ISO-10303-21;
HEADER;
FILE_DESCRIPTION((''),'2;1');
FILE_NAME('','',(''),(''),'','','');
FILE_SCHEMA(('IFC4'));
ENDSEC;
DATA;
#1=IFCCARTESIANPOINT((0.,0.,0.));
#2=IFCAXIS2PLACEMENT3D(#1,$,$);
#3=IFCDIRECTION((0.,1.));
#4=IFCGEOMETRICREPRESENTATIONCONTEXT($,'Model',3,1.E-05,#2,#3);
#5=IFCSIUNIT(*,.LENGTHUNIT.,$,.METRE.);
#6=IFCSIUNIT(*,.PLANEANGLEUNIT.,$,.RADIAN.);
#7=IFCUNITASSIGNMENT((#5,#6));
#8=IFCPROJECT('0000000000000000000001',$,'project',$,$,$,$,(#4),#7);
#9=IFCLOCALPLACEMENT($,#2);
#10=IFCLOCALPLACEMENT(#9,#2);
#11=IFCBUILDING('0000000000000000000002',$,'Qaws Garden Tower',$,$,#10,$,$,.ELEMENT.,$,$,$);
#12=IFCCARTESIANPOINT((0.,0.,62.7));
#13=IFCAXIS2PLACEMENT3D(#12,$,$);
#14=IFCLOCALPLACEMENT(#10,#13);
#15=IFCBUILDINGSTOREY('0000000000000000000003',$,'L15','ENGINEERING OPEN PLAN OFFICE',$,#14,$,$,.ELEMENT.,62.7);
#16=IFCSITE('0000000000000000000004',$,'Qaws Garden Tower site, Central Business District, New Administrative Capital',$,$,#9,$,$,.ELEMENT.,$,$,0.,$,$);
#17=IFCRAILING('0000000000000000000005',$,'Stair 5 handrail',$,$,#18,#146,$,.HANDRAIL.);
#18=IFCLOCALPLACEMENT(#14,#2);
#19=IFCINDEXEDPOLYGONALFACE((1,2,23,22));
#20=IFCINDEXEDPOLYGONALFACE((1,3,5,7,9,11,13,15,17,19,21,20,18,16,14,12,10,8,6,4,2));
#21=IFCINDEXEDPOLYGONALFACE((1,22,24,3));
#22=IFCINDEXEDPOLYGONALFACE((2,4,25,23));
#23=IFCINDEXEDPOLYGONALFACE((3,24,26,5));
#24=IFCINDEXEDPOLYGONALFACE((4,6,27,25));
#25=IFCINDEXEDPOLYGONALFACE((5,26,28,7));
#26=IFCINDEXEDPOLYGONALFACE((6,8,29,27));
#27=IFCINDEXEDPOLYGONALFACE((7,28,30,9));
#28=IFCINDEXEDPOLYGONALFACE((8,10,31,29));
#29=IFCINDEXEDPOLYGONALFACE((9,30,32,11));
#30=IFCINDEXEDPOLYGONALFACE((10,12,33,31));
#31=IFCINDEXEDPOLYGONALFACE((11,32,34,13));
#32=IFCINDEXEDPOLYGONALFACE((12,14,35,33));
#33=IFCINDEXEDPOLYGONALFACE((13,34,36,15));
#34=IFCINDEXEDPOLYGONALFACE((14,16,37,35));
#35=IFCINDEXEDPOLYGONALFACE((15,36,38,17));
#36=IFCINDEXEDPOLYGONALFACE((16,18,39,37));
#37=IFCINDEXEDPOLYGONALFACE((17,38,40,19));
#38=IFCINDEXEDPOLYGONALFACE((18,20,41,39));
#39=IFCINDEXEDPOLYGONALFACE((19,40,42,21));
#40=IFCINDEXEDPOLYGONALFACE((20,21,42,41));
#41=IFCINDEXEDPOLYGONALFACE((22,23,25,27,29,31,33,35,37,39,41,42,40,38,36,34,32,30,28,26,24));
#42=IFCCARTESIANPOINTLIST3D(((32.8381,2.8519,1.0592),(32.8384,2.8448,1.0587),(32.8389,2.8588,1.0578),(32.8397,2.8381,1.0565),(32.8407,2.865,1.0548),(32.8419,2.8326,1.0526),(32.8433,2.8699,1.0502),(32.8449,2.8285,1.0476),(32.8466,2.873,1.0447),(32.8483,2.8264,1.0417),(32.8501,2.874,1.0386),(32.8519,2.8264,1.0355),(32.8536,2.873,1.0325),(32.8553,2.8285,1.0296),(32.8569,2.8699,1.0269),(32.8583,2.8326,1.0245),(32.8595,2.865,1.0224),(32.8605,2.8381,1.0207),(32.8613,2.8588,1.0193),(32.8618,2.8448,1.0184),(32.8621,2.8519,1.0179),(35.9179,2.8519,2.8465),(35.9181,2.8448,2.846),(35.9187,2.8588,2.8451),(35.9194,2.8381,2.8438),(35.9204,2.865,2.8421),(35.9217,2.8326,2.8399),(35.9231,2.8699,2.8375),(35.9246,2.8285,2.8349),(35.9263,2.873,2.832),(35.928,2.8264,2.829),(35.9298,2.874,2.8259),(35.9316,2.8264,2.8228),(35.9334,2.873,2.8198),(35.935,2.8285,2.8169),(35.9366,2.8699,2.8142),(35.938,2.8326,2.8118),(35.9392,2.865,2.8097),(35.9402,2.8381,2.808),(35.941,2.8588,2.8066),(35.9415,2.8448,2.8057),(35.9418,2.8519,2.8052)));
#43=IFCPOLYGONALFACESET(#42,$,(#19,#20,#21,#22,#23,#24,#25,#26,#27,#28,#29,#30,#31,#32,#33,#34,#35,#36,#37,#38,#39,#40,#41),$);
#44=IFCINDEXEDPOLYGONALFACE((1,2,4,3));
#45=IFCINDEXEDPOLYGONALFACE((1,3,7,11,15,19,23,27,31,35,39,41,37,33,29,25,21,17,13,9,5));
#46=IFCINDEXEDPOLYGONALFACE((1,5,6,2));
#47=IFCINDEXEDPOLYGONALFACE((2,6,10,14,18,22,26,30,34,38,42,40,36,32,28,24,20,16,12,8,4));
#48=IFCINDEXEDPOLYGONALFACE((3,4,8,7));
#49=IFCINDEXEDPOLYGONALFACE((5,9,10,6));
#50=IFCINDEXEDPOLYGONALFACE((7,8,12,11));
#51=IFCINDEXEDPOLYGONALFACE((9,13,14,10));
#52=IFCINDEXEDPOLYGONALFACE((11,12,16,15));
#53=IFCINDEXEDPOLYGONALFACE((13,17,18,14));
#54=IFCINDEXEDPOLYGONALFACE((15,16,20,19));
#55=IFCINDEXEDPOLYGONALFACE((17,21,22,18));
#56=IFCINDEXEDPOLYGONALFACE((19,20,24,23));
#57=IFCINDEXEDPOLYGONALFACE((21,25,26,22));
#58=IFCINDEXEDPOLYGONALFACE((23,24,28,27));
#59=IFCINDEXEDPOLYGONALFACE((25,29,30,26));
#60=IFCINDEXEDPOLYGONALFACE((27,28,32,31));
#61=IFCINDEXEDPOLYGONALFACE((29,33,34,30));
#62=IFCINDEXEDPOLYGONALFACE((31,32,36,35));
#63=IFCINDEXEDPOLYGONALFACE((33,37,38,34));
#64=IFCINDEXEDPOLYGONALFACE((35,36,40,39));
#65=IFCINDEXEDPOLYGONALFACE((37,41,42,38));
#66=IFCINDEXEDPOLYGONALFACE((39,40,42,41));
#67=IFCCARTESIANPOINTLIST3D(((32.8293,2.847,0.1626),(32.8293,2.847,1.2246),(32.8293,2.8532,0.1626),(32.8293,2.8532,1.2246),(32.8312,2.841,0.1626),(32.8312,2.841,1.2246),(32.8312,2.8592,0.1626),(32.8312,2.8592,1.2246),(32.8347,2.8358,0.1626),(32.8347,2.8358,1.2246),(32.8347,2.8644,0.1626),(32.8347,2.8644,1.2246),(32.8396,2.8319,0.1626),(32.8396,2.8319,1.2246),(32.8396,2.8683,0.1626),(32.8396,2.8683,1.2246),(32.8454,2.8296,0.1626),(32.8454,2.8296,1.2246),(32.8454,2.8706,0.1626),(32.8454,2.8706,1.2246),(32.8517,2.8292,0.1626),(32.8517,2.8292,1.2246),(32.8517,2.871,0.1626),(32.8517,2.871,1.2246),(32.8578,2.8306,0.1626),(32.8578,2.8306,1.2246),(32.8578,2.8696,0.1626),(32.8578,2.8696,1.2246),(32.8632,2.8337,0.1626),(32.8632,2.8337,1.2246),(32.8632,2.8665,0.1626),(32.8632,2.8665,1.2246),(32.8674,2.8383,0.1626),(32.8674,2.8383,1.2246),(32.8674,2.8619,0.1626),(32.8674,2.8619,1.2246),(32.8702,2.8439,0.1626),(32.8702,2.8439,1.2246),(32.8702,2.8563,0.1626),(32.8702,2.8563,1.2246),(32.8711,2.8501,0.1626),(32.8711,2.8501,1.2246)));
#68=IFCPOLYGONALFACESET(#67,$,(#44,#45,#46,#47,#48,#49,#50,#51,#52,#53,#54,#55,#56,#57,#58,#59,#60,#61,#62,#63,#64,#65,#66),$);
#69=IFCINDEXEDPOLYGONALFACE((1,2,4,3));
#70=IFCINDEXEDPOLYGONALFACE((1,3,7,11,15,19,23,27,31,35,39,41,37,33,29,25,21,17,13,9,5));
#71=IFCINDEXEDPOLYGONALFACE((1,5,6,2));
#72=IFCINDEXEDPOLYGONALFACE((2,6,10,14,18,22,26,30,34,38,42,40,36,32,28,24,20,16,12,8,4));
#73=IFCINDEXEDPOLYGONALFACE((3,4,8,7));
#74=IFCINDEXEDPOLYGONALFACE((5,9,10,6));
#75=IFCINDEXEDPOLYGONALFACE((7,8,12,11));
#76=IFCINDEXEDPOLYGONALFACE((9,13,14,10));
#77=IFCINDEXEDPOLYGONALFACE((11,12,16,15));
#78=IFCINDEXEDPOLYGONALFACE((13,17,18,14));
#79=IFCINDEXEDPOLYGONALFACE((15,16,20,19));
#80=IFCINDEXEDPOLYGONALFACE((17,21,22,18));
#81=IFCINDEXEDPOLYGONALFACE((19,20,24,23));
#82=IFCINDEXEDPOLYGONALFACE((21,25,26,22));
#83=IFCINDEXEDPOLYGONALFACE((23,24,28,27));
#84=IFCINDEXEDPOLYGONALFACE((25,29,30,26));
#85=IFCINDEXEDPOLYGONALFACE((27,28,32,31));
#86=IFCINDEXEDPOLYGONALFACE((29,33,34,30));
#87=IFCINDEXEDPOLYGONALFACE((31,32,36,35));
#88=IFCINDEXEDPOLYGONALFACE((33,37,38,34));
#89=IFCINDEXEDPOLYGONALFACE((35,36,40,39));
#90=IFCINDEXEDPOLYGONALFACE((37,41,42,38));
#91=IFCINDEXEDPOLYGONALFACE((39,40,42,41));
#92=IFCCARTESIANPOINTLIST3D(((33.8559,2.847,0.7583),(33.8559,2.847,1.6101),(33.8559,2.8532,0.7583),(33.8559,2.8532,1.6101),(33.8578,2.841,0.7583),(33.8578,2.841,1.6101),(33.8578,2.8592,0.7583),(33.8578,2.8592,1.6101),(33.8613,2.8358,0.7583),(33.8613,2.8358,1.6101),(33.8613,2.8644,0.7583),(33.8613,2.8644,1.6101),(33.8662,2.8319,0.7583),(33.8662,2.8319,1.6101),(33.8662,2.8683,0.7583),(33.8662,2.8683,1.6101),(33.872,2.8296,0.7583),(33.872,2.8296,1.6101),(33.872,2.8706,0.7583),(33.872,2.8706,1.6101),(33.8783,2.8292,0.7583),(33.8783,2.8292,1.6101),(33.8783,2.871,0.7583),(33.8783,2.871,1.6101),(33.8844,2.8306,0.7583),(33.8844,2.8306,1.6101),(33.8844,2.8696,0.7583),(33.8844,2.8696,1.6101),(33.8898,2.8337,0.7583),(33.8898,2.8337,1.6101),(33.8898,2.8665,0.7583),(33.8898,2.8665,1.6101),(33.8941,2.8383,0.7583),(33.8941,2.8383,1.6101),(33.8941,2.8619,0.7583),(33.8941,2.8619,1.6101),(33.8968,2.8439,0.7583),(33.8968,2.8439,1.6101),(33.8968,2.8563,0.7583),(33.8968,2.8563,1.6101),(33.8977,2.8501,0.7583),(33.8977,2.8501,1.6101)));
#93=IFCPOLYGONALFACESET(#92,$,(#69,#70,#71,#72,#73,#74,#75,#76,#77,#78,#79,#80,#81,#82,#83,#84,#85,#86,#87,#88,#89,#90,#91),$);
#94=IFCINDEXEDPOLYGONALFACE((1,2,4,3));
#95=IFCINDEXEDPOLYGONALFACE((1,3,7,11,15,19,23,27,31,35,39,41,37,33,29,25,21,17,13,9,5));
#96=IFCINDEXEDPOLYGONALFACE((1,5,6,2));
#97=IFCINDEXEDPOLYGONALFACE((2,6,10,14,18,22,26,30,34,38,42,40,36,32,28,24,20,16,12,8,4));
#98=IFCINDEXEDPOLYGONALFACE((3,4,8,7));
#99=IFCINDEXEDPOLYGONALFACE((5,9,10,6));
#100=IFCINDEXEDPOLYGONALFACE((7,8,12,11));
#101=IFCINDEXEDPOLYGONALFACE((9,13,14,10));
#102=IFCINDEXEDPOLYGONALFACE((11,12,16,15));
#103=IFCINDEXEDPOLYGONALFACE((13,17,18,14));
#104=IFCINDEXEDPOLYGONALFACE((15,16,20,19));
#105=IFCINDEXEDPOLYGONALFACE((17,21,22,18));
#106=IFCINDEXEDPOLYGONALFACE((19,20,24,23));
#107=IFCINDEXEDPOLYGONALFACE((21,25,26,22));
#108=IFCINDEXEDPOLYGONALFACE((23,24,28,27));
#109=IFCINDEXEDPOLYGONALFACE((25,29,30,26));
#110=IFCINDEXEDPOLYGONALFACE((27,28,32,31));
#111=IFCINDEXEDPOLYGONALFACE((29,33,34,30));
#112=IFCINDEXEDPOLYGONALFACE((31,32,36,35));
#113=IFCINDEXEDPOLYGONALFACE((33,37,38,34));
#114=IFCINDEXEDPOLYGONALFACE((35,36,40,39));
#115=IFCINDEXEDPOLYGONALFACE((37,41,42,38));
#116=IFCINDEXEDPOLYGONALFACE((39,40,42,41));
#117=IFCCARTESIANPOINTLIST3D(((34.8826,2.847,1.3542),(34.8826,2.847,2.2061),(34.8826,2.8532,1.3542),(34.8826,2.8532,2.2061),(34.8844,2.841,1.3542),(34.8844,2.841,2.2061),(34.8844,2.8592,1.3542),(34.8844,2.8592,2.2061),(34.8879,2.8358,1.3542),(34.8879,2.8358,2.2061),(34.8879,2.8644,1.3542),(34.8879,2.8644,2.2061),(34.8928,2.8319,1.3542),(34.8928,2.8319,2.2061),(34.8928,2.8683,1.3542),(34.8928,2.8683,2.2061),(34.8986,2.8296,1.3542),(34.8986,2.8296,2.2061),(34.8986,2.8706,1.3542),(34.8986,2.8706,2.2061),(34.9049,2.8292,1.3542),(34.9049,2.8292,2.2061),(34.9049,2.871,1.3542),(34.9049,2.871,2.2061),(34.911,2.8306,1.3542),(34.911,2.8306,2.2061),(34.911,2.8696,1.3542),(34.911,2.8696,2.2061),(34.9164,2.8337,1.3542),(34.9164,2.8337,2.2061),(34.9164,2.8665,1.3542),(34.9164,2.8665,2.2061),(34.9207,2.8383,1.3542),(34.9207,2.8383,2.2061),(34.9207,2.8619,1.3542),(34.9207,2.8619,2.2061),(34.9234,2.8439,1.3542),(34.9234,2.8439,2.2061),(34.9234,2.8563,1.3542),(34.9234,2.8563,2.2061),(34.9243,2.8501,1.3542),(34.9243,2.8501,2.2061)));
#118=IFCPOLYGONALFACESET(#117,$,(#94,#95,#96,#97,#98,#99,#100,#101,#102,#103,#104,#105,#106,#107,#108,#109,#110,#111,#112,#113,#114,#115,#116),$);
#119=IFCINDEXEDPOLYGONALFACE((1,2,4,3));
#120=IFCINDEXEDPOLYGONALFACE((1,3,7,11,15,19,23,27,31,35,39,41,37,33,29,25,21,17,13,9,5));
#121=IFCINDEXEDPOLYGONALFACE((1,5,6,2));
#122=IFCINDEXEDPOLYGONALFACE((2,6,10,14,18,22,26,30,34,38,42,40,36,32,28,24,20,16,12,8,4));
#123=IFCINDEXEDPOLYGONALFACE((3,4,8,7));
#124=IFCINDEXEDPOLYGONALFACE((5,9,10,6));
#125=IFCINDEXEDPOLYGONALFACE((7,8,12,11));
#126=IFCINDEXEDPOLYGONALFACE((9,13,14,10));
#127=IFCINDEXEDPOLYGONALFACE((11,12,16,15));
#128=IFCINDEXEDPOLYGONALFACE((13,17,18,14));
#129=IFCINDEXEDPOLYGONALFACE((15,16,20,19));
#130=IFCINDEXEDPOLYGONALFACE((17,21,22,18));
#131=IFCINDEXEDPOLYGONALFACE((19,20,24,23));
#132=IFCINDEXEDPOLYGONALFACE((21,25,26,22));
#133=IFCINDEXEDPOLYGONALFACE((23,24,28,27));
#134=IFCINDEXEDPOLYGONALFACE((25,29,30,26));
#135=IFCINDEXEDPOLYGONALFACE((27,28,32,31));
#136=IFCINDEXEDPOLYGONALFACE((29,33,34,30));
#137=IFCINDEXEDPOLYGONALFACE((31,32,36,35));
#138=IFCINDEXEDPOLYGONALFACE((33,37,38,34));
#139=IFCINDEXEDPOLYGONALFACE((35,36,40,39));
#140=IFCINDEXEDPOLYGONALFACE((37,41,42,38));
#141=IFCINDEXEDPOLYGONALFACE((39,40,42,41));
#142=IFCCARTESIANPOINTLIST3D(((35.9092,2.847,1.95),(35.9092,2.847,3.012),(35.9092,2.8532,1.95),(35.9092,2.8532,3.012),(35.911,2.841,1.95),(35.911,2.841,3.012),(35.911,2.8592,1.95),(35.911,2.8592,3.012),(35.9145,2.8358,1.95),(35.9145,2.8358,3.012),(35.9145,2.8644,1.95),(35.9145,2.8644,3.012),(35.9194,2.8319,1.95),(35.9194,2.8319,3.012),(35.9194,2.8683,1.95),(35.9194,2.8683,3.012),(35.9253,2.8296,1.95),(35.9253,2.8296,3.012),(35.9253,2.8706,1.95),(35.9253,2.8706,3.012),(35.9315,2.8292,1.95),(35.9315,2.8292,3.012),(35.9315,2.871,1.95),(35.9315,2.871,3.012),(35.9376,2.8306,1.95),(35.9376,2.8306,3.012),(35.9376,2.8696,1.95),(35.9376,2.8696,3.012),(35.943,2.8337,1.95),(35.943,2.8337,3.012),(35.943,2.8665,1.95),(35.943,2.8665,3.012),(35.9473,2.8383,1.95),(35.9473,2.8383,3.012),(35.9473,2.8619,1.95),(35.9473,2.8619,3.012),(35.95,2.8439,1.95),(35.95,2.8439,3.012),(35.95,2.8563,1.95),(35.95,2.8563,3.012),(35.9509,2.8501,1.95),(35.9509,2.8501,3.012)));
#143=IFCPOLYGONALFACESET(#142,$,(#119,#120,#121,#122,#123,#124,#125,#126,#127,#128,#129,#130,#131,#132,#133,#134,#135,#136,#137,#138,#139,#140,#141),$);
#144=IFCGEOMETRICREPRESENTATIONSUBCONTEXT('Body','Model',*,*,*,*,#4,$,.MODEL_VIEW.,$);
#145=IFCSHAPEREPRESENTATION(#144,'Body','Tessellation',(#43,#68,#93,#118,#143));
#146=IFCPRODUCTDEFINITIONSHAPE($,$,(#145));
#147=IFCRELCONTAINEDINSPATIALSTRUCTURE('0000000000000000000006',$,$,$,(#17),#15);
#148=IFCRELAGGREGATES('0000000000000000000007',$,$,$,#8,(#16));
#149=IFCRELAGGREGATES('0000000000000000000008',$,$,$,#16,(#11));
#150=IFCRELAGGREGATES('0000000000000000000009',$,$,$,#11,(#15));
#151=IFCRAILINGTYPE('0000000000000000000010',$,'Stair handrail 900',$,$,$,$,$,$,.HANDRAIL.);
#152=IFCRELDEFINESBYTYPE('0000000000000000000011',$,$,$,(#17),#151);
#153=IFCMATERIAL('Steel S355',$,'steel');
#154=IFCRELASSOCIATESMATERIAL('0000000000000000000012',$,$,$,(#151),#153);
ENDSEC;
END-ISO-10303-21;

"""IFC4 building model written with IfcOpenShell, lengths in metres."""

from ifc_helpers import new_model, si_unit, direction, frame, origin, origin_2d, place, context, subcontext, project, spatial, circle, extrude, material, type_object, element, save


model = new_model("IFC4")

# Units and contexts
model_context = context("Model", 3, precision=1e-05, world=origin(), true_north=direction((0.0, 1.0)))
body_context = subcontext(model_context, "Body", "Model", "MODEL_VIEW")
ifc_project = project(units=[si_unit("LENGTHUNIT", "METRE"), si_unit("PLANEANGLEUNIT", "RADIAN")], contexts=[model_context])

# Site, building, storey
site_placement = place(None, origin())
site = spatial("IfcSite", under=ifc_project, at=site_placement, Name="Qaws Garden Tower site, Central Business District, New Administrative Capital", CompositionType="ELEMENT", RefElevation=0.0)
building_placement = place(site_placement, origin())
building = spatial("IfcBuilding", under=site, at=building_placement, Name="Qaws Garden Tower", CompositionType="ELEMENT")
storey_placement = place(building_placement, frame((0.0, 0.0, 62.7)))
storey = spatial("IfcBuildingStorey", under=building, at=storey_placement, Name="L15", Description="ENGINEERING OPEN PLAN OFFICE", CompositionType="ELEMENT", Elevation=62.7)

# Railing
ifc_material_1 = material(Name="Steel S355", Category="steel")
railing_type = type_object("IfcRailingType", Name="Stair handrail 900", PredefinedType="HANDRAIL", material=ifc_material_1)
railing_1_placement = place(storey_placement, frame((32.8501, 2.8501, 0.1626)))
element("IfcRailing", 1, at=railing_1_placement, inside=storey, type_object=railing_type, Name="Stair 5 handrail", PredefinedType="HANDRAIL", context=body_context, shape_type="SweptSolid", body=[
    extrude(circle(Radius=0.0239, at=origin_2d()), frame((0.0, 0.0, 0.876), z_axis=(0.864903, 0.0, 0.501939), x_axis=(0.0, 1.0, 0.0)), (0.0, 0.0, 1.0), 3.5608),
    extrude(circle(Radius=0.021, at=origin_2d()), origin(), (0.0, 0.0, 1.0), 1.062),
    extrude(circle(Radius=0.021, at=origin_2d()), frame((1.0266, 0.0, 0.5957)), (0.0, 0.0, 1.0), 0.8518),
    extrude(circle(Radius=0.021, at=origin_2d()), frame((2.0532, 0.0, 1.1917)), (0.0, 0.0, 1.0), 0.8518),
    extrude(circle(Radius=0.021, at=origin_2d()), frame((3.0798, 0.0, 1.7874)), (0.0, 0.0, 1.0), 1.062),
])

save(model, "model.ifc")
